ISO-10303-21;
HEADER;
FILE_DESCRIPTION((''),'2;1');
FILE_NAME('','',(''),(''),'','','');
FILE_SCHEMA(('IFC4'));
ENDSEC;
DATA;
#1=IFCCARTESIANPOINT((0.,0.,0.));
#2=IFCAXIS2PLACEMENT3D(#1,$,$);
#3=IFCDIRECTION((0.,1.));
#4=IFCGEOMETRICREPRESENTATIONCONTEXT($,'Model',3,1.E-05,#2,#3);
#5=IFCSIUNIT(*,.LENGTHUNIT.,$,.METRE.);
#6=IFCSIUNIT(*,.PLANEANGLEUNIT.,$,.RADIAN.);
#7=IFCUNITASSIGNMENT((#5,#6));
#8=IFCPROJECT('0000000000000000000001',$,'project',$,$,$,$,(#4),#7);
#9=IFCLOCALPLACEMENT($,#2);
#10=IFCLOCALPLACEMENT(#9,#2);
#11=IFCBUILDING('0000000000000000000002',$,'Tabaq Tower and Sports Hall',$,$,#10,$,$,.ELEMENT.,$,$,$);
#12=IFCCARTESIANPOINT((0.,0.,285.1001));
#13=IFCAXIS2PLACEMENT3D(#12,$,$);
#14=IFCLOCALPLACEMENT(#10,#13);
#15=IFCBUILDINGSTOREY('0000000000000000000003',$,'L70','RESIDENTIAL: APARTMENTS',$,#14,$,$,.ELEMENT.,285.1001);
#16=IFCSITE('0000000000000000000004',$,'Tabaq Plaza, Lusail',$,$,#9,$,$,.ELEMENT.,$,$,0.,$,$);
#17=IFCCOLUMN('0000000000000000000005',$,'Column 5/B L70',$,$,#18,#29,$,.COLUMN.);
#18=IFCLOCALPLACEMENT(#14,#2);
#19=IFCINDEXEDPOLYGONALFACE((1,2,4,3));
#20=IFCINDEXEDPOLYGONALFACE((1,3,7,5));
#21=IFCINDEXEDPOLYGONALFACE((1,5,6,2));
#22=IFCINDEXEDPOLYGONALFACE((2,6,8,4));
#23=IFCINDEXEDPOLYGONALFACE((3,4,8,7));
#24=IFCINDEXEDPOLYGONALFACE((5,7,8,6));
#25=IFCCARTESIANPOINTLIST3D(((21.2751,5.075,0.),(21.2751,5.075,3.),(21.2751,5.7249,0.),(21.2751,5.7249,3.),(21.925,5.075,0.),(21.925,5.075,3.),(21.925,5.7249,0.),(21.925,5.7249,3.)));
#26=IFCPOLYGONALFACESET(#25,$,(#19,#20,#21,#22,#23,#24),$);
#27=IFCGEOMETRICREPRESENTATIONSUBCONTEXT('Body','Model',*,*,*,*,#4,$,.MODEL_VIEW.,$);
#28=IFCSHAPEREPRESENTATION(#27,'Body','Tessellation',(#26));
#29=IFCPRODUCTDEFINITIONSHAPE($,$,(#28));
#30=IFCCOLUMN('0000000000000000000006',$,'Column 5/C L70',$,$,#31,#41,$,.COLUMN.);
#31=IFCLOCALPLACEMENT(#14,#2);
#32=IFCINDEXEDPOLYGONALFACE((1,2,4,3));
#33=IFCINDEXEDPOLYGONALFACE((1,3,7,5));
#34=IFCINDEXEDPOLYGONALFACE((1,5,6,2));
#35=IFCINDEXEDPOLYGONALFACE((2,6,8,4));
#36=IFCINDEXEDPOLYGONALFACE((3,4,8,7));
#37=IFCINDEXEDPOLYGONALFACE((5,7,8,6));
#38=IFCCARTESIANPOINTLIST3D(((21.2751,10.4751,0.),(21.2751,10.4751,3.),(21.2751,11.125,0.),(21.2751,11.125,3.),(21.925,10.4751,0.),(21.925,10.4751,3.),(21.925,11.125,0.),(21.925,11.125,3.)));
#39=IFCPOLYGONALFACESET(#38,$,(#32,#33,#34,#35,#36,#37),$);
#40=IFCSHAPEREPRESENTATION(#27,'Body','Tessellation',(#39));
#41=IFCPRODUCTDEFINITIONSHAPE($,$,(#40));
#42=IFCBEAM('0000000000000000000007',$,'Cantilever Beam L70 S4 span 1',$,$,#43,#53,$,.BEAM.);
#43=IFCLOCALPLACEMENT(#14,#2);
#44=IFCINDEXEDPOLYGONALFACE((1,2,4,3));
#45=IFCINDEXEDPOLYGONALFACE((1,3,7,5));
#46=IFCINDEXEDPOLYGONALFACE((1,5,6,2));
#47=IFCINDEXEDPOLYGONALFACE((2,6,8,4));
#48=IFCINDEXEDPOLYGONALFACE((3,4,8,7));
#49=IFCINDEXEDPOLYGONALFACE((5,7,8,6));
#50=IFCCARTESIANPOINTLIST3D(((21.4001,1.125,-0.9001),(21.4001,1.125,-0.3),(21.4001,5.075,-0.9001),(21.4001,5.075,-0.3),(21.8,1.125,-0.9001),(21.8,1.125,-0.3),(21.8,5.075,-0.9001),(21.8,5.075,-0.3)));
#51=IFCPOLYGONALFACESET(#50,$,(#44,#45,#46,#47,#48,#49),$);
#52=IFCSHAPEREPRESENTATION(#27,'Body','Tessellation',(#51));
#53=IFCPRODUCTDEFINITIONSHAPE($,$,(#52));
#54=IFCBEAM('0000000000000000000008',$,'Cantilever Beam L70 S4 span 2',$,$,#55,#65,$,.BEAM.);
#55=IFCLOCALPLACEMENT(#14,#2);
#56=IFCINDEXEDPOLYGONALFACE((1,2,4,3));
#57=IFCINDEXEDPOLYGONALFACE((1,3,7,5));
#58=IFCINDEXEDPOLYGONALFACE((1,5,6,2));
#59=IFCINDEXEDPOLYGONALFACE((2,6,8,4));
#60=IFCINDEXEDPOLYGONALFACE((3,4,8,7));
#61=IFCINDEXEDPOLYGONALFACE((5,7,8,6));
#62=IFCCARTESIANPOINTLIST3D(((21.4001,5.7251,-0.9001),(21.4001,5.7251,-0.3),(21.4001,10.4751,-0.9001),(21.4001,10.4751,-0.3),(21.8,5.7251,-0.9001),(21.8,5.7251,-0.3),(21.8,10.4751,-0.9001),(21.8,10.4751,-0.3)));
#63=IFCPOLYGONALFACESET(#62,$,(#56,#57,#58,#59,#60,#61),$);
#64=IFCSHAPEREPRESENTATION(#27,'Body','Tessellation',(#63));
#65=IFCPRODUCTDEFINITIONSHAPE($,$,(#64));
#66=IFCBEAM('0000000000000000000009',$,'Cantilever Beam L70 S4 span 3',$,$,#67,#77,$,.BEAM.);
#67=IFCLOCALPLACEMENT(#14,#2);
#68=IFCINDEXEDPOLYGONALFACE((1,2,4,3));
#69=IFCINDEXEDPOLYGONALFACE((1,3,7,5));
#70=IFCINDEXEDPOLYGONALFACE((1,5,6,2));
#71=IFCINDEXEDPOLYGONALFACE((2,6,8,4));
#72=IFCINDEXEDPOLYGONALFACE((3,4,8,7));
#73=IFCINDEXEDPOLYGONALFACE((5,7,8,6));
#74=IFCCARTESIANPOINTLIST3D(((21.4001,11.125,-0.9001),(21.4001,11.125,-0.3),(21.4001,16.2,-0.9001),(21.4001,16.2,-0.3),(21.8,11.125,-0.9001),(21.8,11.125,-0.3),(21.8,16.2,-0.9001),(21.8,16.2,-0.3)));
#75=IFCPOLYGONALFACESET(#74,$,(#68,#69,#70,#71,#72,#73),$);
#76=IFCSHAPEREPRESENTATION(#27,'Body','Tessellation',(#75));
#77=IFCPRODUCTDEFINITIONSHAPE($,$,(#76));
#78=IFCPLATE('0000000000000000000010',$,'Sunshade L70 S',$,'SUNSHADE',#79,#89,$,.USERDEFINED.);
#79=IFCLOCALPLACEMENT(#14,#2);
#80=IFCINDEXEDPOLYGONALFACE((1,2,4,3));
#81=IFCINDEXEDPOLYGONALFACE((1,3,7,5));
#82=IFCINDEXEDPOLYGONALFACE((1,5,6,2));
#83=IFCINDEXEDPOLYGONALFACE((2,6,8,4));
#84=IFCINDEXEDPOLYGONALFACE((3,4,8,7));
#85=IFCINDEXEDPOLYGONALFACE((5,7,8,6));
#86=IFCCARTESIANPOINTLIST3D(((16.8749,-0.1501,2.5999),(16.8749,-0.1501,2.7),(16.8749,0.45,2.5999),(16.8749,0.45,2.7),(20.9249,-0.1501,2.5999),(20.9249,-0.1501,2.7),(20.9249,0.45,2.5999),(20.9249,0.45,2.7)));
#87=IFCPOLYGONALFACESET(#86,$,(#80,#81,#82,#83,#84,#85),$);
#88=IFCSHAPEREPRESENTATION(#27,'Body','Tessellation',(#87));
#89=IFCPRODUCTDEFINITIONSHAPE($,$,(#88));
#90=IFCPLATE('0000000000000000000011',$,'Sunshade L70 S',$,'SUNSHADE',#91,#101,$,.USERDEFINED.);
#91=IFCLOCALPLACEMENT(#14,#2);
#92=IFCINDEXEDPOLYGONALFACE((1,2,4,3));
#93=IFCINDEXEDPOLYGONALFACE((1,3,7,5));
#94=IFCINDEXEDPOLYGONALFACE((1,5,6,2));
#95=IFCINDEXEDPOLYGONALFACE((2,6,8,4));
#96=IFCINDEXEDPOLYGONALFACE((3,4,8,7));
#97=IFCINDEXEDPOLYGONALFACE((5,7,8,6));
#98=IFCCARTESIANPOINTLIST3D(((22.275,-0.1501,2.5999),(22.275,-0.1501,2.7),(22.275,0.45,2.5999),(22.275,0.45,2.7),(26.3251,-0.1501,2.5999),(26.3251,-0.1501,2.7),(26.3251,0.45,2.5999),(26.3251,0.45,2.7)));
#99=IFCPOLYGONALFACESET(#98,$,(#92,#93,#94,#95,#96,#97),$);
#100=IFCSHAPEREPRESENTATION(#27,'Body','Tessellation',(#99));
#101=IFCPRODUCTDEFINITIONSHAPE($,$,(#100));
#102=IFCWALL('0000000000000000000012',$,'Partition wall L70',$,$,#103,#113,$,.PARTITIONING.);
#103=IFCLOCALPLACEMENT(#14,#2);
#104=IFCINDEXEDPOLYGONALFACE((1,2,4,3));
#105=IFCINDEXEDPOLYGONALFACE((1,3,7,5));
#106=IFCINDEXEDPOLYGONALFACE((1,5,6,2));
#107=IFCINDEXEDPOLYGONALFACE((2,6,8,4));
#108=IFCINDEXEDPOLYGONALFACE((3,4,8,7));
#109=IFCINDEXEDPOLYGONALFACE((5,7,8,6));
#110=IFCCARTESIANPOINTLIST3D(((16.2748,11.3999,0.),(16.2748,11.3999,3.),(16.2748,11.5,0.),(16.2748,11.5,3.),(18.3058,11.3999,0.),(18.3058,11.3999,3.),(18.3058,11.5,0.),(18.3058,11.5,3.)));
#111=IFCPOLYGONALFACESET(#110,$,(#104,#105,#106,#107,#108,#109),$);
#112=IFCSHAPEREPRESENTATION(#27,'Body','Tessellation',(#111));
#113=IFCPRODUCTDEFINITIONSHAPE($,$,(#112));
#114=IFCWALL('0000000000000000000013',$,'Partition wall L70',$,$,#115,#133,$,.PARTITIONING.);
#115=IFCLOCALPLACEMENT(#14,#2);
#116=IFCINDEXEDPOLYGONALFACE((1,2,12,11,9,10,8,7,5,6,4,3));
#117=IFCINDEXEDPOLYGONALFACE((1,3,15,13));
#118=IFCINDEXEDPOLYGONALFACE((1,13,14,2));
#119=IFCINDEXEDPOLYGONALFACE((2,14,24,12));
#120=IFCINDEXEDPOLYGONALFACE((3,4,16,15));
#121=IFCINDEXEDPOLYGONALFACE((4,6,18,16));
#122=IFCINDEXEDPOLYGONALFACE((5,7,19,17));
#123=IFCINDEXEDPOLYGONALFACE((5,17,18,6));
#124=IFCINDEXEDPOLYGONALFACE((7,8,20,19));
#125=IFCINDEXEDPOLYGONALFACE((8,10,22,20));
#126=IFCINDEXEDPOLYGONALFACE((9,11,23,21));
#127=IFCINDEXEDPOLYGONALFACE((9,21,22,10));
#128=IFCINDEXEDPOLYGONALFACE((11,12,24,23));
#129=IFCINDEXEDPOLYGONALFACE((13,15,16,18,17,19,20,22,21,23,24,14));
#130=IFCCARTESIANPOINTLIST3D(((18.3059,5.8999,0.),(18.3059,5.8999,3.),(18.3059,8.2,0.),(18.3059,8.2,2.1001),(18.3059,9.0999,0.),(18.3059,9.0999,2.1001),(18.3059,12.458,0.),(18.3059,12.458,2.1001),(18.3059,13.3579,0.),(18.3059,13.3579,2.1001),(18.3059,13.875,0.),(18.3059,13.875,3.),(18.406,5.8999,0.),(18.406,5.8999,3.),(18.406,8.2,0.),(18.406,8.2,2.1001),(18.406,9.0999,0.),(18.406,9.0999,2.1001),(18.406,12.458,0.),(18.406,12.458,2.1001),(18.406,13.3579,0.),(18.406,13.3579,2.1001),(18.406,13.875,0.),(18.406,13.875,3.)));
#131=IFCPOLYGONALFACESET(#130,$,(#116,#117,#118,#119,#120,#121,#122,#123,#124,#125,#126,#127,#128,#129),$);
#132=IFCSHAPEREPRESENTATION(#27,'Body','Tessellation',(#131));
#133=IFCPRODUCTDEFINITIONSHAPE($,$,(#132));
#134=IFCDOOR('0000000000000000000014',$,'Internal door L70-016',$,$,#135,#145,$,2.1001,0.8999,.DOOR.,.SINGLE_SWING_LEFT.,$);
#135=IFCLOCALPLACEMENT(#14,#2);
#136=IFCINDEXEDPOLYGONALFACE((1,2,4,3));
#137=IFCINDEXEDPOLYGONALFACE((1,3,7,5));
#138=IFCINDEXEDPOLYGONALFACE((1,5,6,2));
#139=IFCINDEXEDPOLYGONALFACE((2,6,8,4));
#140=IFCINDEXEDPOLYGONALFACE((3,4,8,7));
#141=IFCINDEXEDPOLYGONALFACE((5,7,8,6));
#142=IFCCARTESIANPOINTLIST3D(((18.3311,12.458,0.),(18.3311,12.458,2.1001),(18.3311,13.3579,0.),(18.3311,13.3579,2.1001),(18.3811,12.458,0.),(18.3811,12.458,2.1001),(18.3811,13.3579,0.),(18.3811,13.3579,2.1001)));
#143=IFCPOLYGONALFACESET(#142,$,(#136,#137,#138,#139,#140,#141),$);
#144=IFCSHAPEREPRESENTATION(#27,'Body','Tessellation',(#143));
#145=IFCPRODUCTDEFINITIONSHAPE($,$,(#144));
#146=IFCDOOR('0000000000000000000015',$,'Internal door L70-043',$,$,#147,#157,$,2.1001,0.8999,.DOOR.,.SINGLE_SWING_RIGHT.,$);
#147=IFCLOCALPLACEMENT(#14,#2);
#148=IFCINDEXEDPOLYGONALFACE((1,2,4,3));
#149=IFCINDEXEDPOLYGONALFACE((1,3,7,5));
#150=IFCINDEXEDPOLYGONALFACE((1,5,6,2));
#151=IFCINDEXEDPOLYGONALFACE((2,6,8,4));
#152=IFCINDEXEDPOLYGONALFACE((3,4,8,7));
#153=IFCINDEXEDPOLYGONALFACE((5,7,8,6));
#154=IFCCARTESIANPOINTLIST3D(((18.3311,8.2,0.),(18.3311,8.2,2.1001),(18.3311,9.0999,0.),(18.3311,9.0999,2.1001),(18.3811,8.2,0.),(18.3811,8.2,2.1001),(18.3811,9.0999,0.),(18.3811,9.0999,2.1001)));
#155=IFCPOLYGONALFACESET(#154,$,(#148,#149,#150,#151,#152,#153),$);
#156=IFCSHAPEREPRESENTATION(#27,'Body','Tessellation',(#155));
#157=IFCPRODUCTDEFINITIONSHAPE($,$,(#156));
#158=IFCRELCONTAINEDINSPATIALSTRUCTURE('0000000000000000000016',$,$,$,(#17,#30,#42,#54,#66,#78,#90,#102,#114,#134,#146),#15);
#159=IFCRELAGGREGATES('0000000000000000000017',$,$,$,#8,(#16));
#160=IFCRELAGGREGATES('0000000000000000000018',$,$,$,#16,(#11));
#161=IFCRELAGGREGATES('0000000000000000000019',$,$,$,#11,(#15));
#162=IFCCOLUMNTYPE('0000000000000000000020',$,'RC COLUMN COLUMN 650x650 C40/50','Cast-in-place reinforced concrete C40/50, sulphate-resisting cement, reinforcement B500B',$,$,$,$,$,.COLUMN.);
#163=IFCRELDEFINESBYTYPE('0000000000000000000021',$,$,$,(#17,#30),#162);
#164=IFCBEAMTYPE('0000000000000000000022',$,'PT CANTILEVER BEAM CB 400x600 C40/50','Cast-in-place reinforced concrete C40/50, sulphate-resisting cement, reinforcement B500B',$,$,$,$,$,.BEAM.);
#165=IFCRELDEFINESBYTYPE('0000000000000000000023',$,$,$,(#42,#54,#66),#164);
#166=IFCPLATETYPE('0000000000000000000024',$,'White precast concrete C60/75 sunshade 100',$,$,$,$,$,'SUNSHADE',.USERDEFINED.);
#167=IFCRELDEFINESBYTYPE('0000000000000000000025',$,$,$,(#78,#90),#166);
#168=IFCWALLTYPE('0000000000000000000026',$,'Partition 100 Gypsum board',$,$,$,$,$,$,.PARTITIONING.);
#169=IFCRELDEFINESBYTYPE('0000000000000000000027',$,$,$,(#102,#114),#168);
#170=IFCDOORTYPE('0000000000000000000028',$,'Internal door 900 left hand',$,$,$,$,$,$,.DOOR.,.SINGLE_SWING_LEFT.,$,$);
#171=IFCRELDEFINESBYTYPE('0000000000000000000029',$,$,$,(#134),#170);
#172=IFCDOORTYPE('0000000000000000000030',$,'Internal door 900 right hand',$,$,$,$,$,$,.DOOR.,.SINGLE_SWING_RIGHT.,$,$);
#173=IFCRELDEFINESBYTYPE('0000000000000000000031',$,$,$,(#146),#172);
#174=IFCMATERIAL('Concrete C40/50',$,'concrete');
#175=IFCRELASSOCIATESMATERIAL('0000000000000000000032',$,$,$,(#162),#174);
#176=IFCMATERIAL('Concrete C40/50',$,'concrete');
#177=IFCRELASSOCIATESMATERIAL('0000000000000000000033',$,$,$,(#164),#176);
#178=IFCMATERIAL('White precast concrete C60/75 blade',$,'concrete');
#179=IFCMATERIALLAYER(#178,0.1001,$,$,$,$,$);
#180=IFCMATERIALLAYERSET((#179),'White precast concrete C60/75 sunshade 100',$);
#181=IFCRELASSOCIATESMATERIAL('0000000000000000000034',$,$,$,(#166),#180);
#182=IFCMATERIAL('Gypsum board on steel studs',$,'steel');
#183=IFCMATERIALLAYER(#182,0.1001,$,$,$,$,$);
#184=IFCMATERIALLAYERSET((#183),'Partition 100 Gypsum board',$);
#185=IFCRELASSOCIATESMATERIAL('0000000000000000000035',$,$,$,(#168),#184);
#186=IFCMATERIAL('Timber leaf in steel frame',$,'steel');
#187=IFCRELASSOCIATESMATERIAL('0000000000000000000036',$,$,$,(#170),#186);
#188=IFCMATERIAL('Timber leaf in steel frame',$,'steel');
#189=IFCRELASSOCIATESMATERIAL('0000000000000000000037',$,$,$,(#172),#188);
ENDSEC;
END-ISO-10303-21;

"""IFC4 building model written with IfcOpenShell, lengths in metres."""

from ifc_helpers import new_model, si_unit, direction, frame, frame_2d, origin, origin_2d, place, context, subcontext, project, spatial, rectangle, extrude, material, layer, layer_set, material_profile, profile_set, type_object, element, fill, save


model = new_model("IFC4")

# Units and contexts
model_context = context("Model", 3, precision=1e-05, world=origin(), true_north=direction((0.0, 1.0)))
body_context = subcontext(model_context, "Body", "Model", "MODEL_VIEW")
ifc_project = project(units=[si_unit("LENGTHUNIT", "METRE"), si_unit("PLANEANGLEUNIT", "RADIAN")], contexts=[model_context])

# Site, building, storey
site_placement = place(None, origin())
site = spatial("IfcSite", under=ifc_project, at=site_placement, Name="Tabaq Plaza, Lusail", CompositionType="ELEMENT", RefElevation=0.0)
building_placement = place(site_placement, origin())
building = spatial("IfcBuilding", under=site, at=building_placement, Name="Tabaq Tower and Sports Hall", CompositionType="ELEMENT")
storey_placement = place(building_placement, frame((0.0, 0.0, 285.1001)))
storey = spatial("IfcBuildingStorey", under=building, at=storey_placement, Name="L70", Description="RESIDENTIAL: APARTMENTS", CompositionType="ELEMENT", Elevation=285.1001)

# Columns
ifc_material_1 = material(Name="Concrete C40/50", Category="concrete")
ifc_material_profile_1 = material_profile(ifc_material_1, rectangle(XDim=0.6499, YDim=0.6499, at=origin_2d()), Name="COLUMN 650x650")
ifc_profile_set_1 = profile_set([ifc_material_profile_1], Name="Concrete C40/50")
column_type = type_object("IfcColumnType", Name="RC COLUMN COLUMN 650x650 C40/50", Description="Cast-in-place reinforced concrete C40/50, sulphate-resisting cement, reinforcement B500B", PredefinedType="COLUMN", material=ifc_profile_set_1)
for number, where, z_axis, x_axis, name in (
    (1, (21.6001, 5.3999, 0.0), (0.0, 0.0, 1.0), (1.0, 0.0, 0.0), "Column 5/B L70"),
    (2, (21.6001, 10.8, 0.0), (0.0, 0.0, 1.0), (1.0, 0.0, 0.0), "Column 5/C L70"),
):
    element("IfcColumn", number, at=place(storey_placement, frame(where, z_axis=z_axis, x_axis=x_axis)), inside=storey, type_object=column_type, Name=name, PredefinedType="COLUMN", context=body_context, shape_type="SweptSolid", body=[
        extrude(rectangle(XDim=0.6499, YDim=0.6499, at=origin_2d()), origin(), (0.0, 0.0, 1.0), 3.0),
    ])

# Beams
ifc_material_2 = material(Name="Concrete C40/50", Category="concrete")
ifc_material_profile_2 = material_profile(ifc_material_2, rectangle(XDim=0.3999, YDim=0.6001, at=origin_2d()), Name="CB 400x600")
ifc_profile_set_2 = profile_set([ifc_material_profile_2], Name="Concrete C40/50")
beam_type = type_object("IfcBeamType", Name="PT CANTILEVER BEAM CB 400x600 C40/50", Description="Cast-in-place reinforced concrete C40/50, sulphate-resisting cement, reinforcement B500B", PredefinedType="BEAM", material=ifc_profile_set_2)
beam_1_placement = place(storey_placement, frame((21.6001, 1.125, -0.6001), z_axis=(0.0, 1.0, 0.0), x_axis=(-1.0, 0.0, 0.0)))
element("IfcBeam", 3, at=beam_1_placement, inside=storey, type_object=beam_type, Name="Cantilever Beam L70 S4 span 1", PredefinedType="BEAM", context=body_context, shape_type="SweptSolid", body=[
    extrude(rectangle(XDim=0.3999, YDim=0.6001, at=origin_2d()), origin(), (0.0, 0.0, 1.0), 3.95),
])
beam_2_placement = place(storey_placement, frame((21.6001, 5.7251, -0.6001), z_axis=(0.0, 1.0, 0.0), x_axis=(-1.0, 0.0, 0.0)))
element("IfcBeam", 4, at=beam_2_placement, inside=storey, type_object=beam_type, Name="Cantilever Beam L70 S4 span 2", PredefinedType="BEAM", context=body_context, shape_type="SweptSolid", body=[
    extrude(rectangle(XDim=0.3999, YDim=0.6001, at=origin_2d()), origin(), (0.0, 0.0, 1.0), 4.75),
])
beam_3_placement = place(storey_placement, frame((21.6001, 11.125, -0.6001), z_axis=(0.0, 1.0, 0.0), x_axis=(-1.0, 0.0, 0.0)))
element("IfcBeam", 5, at=beam_3_placement, inside=storey, type_object=beam_type, Name="Cantilever Beam L70 S4 span 3", PredefinedType="BEAM", context=body_context, shape_type="SweptSolid", body=[
    extrude(rectangle(XDim=0.3999, YDim=0.6001, at=origin_2d()), origin(), (0.0, 0.0, 1.0), 5.075),
])

# Plates
ifc_material_3 = material(Name="White precast concrete C60/75 blade", Category="concrete")
ifc_layer_1 = layer(ifc_material_3, 0.1001)
ifc_layer_set_1 = layer_set([ifc_layer_1], Name="White precast concrete C60/75 sunshade 100")
plate_type = type_object("IfcPlateType", Name="White precast concrete C60/75 sunshade 100", ElementType="SUNSHADE", PredefinedType="USERDEFINED", material=ifc_layer_set_1)
for number, where, z_axis, x_axis, name in (
    (6, (18.8999, 0.1499, 2.5999), (0.0, 0.0, 1.0), (1.0, 0.0, 0.0), "Sunshade L70 S"),
    (7, (24.3, 0.1499, 2.5999), (0.0, 0.0, 1.0), (1.0, 0.0, 0.0), "Sunshade L70 S"),
):
    element("IfcPlate", number, at=place(storey_placement, frame(where, z_axis=z_axis, x_axis=x_axis)), inside=storey, type_object=plate_type, Name=name, ObjectType="SUNSHADE", PredefinedType="USERDEFINED", context=body_context, shape_type="SweptSolid", body=[
        extrude(rectangle(XDim=4.05, YDim=0.6001, at=origin_2d()), origin(), (0.0, 0.0, 1.0), 0.1001),
    ])

# Wall
ifc_material_4 = material(Name="Gypsum board on steel studs", Category="steel")
ifc_layer_2 = layer(ifc_material_4, 0.1001)
ifc_layer_set_2 = layer_set([ifc_layer_2], Name="Partition 100 Gypsum board")
wall_type_1 = type_object("IfcWallType", Name="Partition 100 Gypsum board", PredefinedType="PARTITIONING", material=ifc_layer_set_2)
wall_1_placement = place(storey_placement, frame((18.3059, 11.45, 0.0), z_axis=(0.0, 0.0, 1.0), x_axis=(-1.0, 0.0, 0.0)))
element("IfcWall", 8, at=wall_1_placement, inside=storey, type_object=wall_type_1, Name="Partition wall L70", PredefinedType="PARTITIONING", context=body_context, shape_type="SweptSolid", body=[
    extrude(rectangle(XDim=2.031, YDim=0.1001, at=frame_2d((1.0156, 0.0))), origin(), (0.0, 0.0, 1.0), 3.0),
])

# Wall, openings, doors
wall_2_placement = place(storey_placement, frame((18.356, 5.8999, 0.0), z_axis=(0.0, 0.0, 1.0), x_axis=(0.0, 1.0, 0.0)))
wall_2 = element("IfcWall", 9, at=wall_2_placement, inside=storey, type_object=wall_type_1, Name="Partition wall L70", PredefinedType="PARTITIONING", context=body_context, shape_type="SweptSolid", body=[
    extrude(rectangle(XDim=7.9751, YDim=0.1001, at=frame_2d((3.9875, 0.0))), origin(), (0.0, 0.0, 1.0), 3.0),
])
opening_1_placement = place(wall_2_placement, frame((6.5581, 0.0, 0.0)))
opening_1 = element("IfcOpeningElement", 10, at=opening_1_placement, cuts=wall_2, PredefinedType="OPENING", context=body_context, shape_type="SweptSolid", body=[
    extrude(rectangle(XDim=0.8999, YDim=2.1001, at=frame_2d((0.45, 1.05))), frame((0.0, 0.05, 0.0), z_axis=(0.0, -1.0, 0.0), x_axis=(1.0, 0.0, 0.0)), (0.0, 0.0, 1.0), 0.1001),
])
opening_2_placement = place(wall_2_placement, frame((2.3, 0.0, 0.0)))
opening_2 = element("IfcOpeningElement", 11, at=opening_2_placement, cuts=wall_2, PredefinedType="OPENING", context=body_context, shape_type="SweptSolid", body=[
    extrude(rectangle(XDim=0.8999, YDim=2.1001, at=frame_2d((0.45, 1.05))), frame((0.0, 0.05, 0.0), z_axis=(0.0, -1.0, 0.0), x_axis=(1.0, 0.0, 0.0)), (0.0, 0.0, 1.0), 0.1001),
])
ifc_material_5 = material(Name="Timber leaf in steel frame", Category="steel")
door_type_1 = type_object("IfcDoorType", Name="Internal door 900 left hand", OperationType="SINGLE_SWING_LEFT", PredefinedType="DOOR", material=ifc_material_5)
door_1_placement = place(opening_1_placement, origin())
door_1 = element("IfcDoor", 12, at=door_1_placement, inside=storey, type_object=door_type_1, Name="Internal door L70-016", OperationType="SINGLE_SWING_LEFT", OverallHeight=2.1001, OverallWidth=0.8999, PredefinedType="DOOR", context=body_context, shape_type="SweptSolid", body=[
    extrude(rectangle(XDim=0.8999, YDim=2.1001, at=frame_2d((0.45, 1.05))), frame((0.0, 0.0249, 0.0), z_axis=(0.0, -1.0, 0.0), x_axis=(1.0, 0.0, 0.0)), (0.0, 0.0, 1.0), 0.05),
])
fill(opening_1, door_1)
ifc_material_6 = material(Name="Timber leaf in steel frame", Category="steel")
door_type_2 = type_object("IfcDoorType", Name="Internal door 900 right hand", OperationType="SINGLE_SWING_RIGHT", PredefinedType="DOOR", material=ifc_material_6)
door_2_placement = place(opening_2_placement, origin())
door_2 = element("IfcDoor", 13, at=door_2_placement, inside=storey, type_object=door_type_2, Name="Internal door L70-043", OperationType="SINGLE_SWING_RIGHT", OverallHeight=2.1001, OverallWidth=0.8999, PredefinedType="DOOR", context=body_context, shape_type="SweptSolid", body=[
    extrude(rectangle(XDim=0.8999, YDim=2.1001, at=frame_2d((0.45, 1.05))), frame((0.0, 0.0249, 0.0), z_axis=(0.0, -1.0, 0.0), x_axis=(1.0, 0.0, 0.0)), (0.0, 0.0, 1.0), 0.05),
])
fill(opening_2, door_2)

save(model, "model.ifc")
